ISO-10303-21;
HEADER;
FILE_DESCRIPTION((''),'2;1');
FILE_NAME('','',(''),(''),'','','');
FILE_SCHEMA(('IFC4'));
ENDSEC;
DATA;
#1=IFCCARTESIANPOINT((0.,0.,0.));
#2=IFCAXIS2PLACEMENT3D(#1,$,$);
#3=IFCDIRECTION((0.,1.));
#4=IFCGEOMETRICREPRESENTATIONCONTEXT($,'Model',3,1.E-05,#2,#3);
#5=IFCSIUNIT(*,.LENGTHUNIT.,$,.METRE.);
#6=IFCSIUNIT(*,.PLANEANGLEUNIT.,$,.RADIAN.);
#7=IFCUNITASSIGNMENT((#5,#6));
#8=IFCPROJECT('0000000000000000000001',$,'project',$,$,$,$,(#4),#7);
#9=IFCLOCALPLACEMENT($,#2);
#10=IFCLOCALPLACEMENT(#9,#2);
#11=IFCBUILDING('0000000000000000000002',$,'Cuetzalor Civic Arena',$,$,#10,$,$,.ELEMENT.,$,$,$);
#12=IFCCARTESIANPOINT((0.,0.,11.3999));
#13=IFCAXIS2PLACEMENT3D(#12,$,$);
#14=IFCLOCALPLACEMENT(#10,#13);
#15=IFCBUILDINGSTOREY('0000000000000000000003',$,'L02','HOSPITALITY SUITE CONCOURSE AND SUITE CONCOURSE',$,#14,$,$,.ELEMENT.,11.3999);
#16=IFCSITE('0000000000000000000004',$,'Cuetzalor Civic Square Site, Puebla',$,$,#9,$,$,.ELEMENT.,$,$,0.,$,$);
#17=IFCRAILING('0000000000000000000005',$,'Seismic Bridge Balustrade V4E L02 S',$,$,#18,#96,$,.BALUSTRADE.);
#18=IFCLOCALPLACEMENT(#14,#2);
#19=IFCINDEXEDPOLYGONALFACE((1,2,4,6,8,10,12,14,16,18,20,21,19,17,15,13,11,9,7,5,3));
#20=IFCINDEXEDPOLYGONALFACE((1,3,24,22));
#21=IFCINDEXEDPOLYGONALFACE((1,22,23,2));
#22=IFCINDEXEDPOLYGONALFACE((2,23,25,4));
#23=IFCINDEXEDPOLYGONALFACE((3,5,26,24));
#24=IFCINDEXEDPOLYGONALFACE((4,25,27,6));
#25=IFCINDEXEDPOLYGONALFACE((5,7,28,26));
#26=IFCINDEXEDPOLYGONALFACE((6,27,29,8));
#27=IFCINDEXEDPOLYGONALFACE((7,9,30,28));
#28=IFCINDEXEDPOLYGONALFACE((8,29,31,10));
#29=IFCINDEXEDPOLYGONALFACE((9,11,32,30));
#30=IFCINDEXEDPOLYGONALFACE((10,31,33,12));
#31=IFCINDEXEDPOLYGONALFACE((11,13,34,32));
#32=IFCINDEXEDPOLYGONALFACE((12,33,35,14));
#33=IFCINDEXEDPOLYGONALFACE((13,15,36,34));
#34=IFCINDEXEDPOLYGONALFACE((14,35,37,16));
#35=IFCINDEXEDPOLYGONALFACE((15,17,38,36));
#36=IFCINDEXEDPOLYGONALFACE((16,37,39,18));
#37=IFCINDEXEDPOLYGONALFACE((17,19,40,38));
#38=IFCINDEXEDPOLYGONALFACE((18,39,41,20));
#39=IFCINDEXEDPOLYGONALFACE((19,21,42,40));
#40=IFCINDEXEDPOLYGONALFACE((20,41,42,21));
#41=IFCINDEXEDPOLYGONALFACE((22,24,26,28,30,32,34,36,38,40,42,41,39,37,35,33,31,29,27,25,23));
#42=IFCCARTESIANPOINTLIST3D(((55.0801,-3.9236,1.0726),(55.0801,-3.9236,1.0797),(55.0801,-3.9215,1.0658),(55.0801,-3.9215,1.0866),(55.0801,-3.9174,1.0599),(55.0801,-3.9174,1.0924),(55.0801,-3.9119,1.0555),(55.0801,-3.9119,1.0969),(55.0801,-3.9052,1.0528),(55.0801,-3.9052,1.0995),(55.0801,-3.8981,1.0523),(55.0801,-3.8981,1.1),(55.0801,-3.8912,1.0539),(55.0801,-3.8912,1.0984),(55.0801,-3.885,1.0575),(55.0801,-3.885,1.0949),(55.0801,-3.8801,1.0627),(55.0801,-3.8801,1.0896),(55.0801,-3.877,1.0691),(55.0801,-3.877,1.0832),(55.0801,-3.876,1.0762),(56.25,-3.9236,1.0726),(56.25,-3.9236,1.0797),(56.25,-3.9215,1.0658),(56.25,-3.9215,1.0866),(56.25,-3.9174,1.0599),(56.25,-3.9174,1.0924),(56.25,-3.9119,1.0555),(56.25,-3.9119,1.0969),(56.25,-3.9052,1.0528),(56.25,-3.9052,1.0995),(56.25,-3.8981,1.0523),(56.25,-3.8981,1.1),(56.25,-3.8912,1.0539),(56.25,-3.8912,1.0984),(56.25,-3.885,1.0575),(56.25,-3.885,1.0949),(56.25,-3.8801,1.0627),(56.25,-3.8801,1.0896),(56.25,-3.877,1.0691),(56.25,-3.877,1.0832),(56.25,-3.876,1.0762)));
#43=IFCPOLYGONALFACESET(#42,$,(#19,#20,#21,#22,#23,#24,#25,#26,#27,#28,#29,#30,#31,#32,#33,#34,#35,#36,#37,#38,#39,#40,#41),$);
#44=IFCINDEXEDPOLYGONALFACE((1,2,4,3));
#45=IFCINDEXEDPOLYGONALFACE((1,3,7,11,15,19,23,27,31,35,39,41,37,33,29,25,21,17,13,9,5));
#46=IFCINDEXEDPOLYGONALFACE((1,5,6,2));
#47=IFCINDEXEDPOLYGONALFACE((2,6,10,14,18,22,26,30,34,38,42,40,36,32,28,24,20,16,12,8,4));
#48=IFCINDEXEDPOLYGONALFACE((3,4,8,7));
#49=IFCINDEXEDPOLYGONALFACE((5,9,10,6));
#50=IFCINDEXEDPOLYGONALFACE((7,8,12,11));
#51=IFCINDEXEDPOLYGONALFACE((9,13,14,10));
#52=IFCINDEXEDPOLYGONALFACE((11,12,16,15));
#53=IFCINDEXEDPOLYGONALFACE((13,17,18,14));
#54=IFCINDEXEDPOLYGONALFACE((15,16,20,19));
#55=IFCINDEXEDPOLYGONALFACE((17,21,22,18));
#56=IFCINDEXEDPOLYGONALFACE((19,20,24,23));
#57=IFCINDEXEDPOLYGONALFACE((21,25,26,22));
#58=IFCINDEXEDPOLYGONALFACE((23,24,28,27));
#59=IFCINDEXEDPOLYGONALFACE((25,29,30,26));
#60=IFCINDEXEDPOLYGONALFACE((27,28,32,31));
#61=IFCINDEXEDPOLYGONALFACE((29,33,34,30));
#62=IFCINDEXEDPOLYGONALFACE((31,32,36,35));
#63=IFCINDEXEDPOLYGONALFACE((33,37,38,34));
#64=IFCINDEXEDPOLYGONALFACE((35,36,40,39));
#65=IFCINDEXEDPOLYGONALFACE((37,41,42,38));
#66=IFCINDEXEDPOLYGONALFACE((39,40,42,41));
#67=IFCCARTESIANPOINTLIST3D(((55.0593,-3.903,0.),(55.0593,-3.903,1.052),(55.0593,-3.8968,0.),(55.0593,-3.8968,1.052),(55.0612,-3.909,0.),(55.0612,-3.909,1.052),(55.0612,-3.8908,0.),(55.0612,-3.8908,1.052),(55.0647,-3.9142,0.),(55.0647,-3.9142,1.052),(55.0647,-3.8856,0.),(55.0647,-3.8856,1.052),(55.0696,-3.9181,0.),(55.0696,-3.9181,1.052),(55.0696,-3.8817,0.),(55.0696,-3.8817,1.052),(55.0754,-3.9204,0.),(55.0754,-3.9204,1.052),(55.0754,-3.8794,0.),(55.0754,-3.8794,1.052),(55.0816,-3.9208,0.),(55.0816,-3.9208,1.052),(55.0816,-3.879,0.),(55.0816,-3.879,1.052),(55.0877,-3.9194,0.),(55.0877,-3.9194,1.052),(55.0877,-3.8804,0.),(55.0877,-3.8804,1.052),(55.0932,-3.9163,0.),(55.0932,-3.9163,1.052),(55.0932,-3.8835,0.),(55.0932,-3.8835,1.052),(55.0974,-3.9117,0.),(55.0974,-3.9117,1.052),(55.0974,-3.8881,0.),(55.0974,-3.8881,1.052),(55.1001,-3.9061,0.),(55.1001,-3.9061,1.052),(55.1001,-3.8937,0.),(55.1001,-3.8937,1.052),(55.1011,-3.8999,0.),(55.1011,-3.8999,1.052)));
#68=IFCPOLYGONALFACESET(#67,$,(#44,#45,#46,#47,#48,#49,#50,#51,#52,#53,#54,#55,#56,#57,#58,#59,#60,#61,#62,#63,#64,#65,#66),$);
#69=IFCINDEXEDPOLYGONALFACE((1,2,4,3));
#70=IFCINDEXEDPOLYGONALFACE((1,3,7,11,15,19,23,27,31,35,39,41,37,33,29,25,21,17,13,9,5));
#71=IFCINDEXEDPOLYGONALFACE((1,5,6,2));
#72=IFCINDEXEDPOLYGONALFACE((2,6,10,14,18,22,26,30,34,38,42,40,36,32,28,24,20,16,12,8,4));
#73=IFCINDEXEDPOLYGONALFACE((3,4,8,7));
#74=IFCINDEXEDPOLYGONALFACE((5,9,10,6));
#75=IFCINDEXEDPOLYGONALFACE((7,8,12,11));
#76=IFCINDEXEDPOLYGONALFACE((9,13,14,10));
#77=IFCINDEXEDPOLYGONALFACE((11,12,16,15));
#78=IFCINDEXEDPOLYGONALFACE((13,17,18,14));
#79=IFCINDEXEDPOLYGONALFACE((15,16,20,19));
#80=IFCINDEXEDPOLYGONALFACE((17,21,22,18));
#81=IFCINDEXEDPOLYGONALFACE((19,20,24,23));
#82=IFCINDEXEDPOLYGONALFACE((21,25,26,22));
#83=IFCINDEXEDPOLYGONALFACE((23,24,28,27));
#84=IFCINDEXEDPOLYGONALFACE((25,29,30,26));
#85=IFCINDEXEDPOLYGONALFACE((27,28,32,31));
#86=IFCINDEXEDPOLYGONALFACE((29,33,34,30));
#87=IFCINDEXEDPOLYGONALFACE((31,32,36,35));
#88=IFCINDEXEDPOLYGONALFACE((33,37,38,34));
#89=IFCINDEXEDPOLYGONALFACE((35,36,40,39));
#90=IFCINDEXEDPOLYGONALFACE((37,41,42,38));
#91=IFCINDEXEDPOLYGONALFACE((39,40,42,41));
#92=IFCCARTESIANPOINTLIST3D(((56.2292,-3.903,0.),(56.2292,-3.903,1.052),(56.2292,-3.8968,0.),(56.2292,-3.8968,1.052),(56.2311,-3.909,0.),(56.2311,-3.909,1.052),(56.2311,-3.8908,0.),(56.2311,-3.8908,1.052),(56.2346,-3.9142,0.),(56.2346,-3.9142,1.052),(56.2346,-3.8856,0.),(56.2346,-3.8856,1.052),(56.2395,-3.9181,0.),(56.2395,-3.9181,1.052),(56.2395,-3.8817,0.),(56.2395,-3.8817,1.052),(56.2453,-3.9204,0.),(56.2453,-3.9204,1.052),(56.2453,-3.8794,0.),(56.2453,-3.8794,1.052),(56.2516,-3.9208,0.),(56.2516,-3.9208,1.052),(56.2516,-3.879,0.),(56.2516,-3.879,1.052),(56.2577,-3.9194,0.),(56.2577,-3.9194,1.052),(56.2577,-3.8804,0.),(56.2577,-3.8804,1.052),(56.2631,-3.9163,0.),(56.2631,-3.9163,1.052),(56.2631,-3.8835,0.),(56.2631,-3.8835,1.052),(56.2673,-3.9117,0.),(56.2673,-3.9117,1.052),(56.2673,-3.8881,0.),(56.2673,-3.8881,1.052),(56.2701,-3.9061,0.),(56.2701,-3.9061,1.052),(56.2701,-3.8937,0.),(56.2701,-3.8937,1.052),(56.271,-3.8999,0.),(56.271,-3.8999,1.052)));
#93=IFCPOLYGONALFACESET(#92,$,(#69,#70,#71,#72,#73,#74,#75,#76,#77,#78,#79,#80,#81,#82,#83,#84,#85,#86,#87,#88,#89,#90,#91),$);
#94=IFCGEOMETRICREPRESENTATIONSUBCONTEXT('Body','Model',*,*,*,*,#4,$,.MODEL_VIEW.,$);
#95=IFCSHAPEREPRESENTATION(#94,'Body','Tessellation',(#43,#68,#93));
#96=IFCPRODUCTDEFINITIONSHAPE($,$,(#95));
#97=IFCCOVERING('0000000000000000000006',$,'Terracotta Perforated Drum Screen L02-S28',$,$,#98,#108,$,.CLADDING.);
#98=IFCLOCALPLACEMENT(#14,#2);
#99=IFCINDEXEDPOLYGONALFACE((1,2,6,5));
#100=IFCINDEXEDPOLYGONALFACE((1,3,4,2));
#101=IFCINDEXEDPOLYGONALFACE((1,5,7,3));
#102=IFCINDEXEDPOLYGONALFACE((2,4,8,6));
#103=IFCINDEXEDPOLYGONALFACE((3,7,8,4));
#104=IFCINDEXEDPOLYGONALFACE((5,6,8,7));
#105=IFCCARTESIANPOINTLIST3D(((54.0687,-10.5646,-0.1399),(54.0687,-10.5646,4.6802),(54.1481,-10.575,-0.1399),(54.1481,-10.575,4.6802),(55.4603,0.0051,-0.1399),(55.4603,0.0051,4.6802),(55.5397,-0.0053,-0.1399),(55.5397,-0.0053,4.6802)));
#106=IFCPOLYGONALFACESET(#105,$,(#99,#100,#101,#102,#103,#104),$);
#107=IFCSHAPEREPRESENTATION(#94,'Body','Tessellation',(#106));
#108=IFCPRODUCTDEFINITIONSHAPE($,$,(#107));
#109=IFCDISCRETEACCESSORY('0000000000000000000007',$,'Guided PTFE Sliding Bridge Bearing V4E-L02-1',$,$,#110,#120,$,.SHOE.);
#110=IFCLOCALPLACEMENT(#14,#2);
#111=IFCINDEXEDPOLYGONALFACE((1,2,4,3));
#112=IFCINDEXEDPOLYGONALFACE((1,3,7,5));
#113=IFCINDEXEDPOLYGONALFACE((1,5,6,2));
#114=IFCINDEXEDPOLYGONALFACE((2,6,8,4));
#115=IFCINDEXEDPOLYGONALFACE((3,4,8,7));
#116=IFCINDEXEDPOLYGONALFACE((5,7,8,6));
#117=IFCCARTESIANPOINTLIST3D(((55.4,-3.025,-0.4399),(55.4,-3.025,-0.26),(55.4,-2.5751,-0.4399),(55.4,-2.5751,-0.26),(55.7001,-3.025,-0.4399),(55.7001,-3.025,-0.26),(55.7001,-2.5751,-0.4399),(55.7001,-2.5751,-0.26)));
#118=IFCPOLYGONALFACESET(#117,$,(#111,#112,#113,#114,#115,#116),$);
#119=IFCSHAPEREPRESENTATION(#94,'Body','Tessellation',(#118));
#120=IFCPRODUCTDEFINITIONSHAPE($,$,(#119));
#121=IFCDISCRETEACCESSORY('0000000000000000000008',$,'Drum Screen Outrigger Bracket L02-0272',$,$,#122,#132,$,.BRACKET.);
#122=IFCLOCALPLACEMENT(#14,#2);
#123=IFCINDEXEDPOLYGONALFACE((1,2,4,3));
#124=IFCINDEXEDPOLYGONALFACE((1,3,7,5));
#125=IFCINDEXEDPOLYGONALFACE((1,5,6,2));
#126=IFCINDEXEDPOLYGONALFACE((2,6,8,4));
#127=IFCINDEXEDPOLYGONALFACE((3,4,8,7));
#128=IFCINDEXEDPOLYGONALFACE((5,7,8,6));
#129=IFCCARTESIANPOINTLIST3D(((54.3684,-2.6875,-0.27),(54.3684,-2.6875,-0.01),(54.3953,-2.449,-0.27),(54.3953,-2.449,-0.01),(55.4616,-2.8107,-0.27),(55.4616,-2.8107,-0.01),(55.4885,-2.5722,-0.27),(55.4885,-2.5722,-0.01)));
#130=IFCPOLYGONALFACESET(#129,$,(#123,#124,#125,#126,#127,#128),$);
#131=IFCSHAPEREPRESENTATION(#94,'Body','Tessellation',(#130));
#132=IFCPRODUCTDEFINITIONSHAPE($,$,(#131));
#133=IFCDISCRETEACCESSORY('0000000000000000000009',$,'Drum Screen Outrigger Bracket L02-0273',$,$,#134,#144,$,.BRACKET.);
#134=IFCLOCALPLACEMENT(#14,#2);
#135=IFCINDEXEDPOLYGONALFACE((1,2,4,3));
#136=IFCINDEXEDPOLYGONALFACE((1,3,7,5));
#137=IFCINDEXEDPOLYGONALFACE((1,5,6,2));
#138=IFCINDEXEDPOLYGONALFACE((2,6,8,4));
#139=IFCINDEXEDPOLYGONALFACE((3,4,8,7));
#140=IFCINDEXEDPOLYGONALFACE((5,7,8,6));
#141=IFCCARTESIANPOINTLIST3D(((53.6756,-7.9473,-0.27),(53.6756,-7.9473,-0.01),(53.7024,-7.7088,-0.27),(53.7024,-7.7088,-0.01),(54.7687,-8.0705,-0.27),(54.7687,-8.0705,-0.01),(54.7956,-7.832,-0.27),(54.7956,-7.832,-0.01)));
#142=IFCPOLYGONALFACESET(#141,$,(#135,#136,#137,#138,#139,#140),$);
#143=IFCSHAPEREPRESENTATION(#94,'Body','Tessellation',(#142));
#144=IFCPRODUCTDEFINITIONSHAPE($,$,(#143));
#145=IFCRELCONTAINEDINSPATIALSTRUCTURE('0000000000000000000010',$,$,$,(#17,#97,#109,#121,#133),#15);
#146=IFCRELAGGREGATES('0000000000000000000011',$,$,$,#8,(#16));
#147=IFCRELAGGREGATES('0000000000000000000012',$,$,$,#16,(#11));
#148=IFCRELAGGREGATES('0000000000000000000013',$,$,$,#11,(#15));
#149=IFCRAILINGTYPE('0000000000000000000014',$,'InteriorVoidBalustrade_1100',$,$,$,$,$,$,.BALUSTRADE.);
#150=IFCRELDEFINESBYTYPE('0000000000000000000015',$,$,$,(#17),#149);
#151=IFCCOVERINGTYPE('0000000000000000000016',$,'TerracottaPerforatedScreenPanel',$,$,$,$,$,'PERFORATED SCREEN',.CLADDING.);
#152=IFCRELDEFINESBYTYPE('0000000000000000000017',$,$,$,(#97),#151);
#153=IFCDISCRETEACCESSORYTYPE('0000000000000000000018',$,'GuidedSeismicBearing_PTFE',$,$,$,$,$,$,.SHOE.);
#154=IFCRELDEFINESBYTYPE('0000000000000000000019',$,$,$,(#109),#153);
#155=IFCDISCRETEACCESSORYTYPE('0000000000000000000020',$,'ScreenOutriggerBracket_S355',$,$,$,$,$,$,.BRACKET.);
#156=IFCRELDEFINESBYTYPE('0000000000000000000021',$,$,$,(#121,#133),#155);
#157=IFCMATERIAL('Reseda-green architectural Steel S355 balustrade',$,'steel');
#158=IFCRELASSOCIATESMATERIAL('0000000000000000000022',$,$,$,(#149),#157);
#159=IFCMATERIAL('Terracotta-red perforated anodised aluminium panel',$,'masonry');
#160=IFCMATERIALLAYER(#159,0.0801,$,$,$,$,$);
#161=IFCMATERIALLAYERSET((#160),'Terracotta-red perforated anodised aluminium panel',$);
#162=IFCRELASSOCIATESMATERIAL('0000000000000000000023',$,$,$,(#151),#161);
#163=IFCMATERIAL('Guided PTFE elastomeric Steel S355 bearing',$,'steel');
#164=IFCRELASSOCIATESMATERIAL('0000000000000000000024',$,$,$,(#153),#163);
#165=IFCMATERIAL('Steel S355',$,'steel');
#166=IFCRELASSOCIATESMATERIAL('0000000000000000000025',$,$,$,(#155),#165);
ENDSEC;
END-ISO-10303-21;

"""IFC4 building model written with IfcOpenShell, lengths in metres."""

from ifc_helpers import new_model, si_unit, direction, frame, frame_2d, origin, origin_2d, place, context, subcontext, project, spatial, rectangle, circle, extrude, material, layer, layer_set, type_object, element, save


model = new_model("IFC4")

# Units and contexts
model_context = context("Model", 3, precision=1e-05, world=origin(), true_north=direction((0.0, 1.0)))
body_context = subcontext(model_context, "Body", "Model", "MODEL_VIEW")
ifc_project = project(units=[si_unit("LENGTHUNIT", "METRE"), si_unit("PLANEANGLEUNIT", "RADIAN")], contexts=[model_context])

# Site, building, storey
site_placement = place(None, origin())
site = spatial("IfcSite", under=ifc_project, at=site_placement, Name="Cuetzalor Civic Square Site, Puebla", CompositionType="ELEMENT", RefElevation=0.0)
building_placement = place(site_placement, origin())
building = spatial("IfcBuilding", under=site, at=building_placement, Name="Cuetzalor Civic Arena", CompositionType="ELEMENT")
storey_placement = place(building_placement, frame((0.0, 0.0, 11.3999)))
storey = spatial("IfcBuildingStorey", under=building, at=storey_placement, Name="L02", Description="HOSPITALITY SUITE CONCOURSE AND SUITE CONCOURSE", CompositionType="ELEMENT", Elevation=11.3999)

# Railing
ifc_material_1 = material(Name="Reseda-green architectural Steel S355 balustrade", Category="steel")
railing_type = type_object("IfcRailingType", Name="InteriorVoidBalustrade_1100", PredefinedType="BALUSTRADE", material=ifc_material_1)
railing_1_placement = place(storey_placement, frame((55.0801, -3.8999, 0.0)))
element("IfcRailing", 1, at=railing_1_placement, inside=storey, type_object=railing_type, Name="Seismic Bridge Balustrade V4E L02 S", PredefinedType="BALUSTRADE", context=body_context, shape_type="SweptSolid", body=[
    extrude(circle(Radius=0.0239, at=origin_2d()), frame((0.0, 0.0, 1.0762), z_axis=(1.0, 0.0, 0.0), x_axis=(0.0, 1.0, 0.0)), (0.0, 0.0, 1.0), 1.1699),
    extrude(circle(Radius=0.021, at=origin_2d()), origin(), (0.0, 0.0, 1.0), 1.052),
    extrude(circle(Radius=0.021, at=origin_2d()), frame((1.1699, 0.0, 0.0)), (0.0, 0.0, 1.0), 1.052),
])

# Covering
ifc_material_2 = material(Name="Terracotta-red perforated anodised aluminium panel", Category="masonry")
ifc_layer_1 = layer(ifc_material_2, 0.0801)
ifc_layer_set_1 = layer_set([ifc_layer_1], Name="Terracotta-red perforated anodised aluminium panel")
covering_type = type_object("IfcCoveringType", Name="TerracottaPerforatedScreenPanel", ElementType="PERFORATED SCREEN", PredefinedType="CLADDING", material=ifc_layer_set_1)
covering_placement = place(storey_placement, frame((55.5, 0.0, -0.1399), z_axis=(0.0, 0.0, 1.0), x_axis=(-0.130534, -0.991444, 0.0)))
element("IfcCovering", 2, at=covering_placement, inside=storey, type_object=covering_type, Name="Terracotta Perforated Drum Screen L02-S28", PredefinedType="CLADDING", context=body_context, shape_type="SweptSolid", body=[
    extrude(rectangle(XDim=10.6609, YDim=0.0801, at=frame_2d((5.3306, 0.0))), origin(), (0.0, 0.0, 1.0), 4.8201),
])

# Discrete accessories
ifc_material_3 = material(Name="Guided PTFE elastomeric Steel S355 bearing", Category="steel")
discrete_accessory_type_1 = type_object("IfcDiscreteAccessoryType", Name="GuidedSeismicBearing_PTFE", PredefinedType="SHOE", material=ifc_material_3)
discrete_accessory_placement = place(storey_placement, frame((55.55, -2.8, -0.4399), z_axis=(0.0, 0.0, 1.0), x_axis=(1.0, 0.0, 0.0)))
element("IfcDiscreteAccessory", 3, at=discrete_accessory_placement, inside=storey, type_object=discrete_accessory_type_1, Name="Guided PTFE Sliding Bridge Bearing V4E-L02-1", PredefinedType="SHOE", context=body_context, shape_type="SweptSolid", body=[
    extrude(rectangle(XDim=0.3, YDim=0.45, at=origin_2d()), origin(), (0.0, 0.0, 1.0), 0.1799),
])
ifc_material_4 = material(Name="Steel S355", Category="steel")
discrete_accessory_type_2 = type_object("IfcDiscreteAccessoryType", Name="ScreenOutriggerBracket_S355", PredefinedType="BRACKET", material=ifc_material_4)
for number, where, z_axis, x_axis, name in (
    (4, (54.9285, -2.6299, -0.27), (0.0, 0.0, 1.0), (0.993709, -0.111989, 0.0), "Drum Screen Outrigger Bracket L02-0272"),
    (5, (54.2356, -7.8896, -0.27), (0.0, 0.0, 1.0), (0.993709, -0.111989, 0.0), "Drum Screen Outrigger Bracket L02-0273"),
):
    element("IfcDiscreteAccessory", number, at=place(storey_placement, frame(where, z_axis=z_axis, x_axis=x_axis)), inside=storey, type_object=discrete_accessory_type_2, Name=name, PredefinedType="BRACKET", context=body_context, shape_type="SweptSolid", body=[
        extrude(rectangle(XDim=1.1001, YDim=0.24, at=origin_2d()), origin(), (0.0, 0.0, 1.0), 0.26),
    ])

save(model, "model.ifc")
